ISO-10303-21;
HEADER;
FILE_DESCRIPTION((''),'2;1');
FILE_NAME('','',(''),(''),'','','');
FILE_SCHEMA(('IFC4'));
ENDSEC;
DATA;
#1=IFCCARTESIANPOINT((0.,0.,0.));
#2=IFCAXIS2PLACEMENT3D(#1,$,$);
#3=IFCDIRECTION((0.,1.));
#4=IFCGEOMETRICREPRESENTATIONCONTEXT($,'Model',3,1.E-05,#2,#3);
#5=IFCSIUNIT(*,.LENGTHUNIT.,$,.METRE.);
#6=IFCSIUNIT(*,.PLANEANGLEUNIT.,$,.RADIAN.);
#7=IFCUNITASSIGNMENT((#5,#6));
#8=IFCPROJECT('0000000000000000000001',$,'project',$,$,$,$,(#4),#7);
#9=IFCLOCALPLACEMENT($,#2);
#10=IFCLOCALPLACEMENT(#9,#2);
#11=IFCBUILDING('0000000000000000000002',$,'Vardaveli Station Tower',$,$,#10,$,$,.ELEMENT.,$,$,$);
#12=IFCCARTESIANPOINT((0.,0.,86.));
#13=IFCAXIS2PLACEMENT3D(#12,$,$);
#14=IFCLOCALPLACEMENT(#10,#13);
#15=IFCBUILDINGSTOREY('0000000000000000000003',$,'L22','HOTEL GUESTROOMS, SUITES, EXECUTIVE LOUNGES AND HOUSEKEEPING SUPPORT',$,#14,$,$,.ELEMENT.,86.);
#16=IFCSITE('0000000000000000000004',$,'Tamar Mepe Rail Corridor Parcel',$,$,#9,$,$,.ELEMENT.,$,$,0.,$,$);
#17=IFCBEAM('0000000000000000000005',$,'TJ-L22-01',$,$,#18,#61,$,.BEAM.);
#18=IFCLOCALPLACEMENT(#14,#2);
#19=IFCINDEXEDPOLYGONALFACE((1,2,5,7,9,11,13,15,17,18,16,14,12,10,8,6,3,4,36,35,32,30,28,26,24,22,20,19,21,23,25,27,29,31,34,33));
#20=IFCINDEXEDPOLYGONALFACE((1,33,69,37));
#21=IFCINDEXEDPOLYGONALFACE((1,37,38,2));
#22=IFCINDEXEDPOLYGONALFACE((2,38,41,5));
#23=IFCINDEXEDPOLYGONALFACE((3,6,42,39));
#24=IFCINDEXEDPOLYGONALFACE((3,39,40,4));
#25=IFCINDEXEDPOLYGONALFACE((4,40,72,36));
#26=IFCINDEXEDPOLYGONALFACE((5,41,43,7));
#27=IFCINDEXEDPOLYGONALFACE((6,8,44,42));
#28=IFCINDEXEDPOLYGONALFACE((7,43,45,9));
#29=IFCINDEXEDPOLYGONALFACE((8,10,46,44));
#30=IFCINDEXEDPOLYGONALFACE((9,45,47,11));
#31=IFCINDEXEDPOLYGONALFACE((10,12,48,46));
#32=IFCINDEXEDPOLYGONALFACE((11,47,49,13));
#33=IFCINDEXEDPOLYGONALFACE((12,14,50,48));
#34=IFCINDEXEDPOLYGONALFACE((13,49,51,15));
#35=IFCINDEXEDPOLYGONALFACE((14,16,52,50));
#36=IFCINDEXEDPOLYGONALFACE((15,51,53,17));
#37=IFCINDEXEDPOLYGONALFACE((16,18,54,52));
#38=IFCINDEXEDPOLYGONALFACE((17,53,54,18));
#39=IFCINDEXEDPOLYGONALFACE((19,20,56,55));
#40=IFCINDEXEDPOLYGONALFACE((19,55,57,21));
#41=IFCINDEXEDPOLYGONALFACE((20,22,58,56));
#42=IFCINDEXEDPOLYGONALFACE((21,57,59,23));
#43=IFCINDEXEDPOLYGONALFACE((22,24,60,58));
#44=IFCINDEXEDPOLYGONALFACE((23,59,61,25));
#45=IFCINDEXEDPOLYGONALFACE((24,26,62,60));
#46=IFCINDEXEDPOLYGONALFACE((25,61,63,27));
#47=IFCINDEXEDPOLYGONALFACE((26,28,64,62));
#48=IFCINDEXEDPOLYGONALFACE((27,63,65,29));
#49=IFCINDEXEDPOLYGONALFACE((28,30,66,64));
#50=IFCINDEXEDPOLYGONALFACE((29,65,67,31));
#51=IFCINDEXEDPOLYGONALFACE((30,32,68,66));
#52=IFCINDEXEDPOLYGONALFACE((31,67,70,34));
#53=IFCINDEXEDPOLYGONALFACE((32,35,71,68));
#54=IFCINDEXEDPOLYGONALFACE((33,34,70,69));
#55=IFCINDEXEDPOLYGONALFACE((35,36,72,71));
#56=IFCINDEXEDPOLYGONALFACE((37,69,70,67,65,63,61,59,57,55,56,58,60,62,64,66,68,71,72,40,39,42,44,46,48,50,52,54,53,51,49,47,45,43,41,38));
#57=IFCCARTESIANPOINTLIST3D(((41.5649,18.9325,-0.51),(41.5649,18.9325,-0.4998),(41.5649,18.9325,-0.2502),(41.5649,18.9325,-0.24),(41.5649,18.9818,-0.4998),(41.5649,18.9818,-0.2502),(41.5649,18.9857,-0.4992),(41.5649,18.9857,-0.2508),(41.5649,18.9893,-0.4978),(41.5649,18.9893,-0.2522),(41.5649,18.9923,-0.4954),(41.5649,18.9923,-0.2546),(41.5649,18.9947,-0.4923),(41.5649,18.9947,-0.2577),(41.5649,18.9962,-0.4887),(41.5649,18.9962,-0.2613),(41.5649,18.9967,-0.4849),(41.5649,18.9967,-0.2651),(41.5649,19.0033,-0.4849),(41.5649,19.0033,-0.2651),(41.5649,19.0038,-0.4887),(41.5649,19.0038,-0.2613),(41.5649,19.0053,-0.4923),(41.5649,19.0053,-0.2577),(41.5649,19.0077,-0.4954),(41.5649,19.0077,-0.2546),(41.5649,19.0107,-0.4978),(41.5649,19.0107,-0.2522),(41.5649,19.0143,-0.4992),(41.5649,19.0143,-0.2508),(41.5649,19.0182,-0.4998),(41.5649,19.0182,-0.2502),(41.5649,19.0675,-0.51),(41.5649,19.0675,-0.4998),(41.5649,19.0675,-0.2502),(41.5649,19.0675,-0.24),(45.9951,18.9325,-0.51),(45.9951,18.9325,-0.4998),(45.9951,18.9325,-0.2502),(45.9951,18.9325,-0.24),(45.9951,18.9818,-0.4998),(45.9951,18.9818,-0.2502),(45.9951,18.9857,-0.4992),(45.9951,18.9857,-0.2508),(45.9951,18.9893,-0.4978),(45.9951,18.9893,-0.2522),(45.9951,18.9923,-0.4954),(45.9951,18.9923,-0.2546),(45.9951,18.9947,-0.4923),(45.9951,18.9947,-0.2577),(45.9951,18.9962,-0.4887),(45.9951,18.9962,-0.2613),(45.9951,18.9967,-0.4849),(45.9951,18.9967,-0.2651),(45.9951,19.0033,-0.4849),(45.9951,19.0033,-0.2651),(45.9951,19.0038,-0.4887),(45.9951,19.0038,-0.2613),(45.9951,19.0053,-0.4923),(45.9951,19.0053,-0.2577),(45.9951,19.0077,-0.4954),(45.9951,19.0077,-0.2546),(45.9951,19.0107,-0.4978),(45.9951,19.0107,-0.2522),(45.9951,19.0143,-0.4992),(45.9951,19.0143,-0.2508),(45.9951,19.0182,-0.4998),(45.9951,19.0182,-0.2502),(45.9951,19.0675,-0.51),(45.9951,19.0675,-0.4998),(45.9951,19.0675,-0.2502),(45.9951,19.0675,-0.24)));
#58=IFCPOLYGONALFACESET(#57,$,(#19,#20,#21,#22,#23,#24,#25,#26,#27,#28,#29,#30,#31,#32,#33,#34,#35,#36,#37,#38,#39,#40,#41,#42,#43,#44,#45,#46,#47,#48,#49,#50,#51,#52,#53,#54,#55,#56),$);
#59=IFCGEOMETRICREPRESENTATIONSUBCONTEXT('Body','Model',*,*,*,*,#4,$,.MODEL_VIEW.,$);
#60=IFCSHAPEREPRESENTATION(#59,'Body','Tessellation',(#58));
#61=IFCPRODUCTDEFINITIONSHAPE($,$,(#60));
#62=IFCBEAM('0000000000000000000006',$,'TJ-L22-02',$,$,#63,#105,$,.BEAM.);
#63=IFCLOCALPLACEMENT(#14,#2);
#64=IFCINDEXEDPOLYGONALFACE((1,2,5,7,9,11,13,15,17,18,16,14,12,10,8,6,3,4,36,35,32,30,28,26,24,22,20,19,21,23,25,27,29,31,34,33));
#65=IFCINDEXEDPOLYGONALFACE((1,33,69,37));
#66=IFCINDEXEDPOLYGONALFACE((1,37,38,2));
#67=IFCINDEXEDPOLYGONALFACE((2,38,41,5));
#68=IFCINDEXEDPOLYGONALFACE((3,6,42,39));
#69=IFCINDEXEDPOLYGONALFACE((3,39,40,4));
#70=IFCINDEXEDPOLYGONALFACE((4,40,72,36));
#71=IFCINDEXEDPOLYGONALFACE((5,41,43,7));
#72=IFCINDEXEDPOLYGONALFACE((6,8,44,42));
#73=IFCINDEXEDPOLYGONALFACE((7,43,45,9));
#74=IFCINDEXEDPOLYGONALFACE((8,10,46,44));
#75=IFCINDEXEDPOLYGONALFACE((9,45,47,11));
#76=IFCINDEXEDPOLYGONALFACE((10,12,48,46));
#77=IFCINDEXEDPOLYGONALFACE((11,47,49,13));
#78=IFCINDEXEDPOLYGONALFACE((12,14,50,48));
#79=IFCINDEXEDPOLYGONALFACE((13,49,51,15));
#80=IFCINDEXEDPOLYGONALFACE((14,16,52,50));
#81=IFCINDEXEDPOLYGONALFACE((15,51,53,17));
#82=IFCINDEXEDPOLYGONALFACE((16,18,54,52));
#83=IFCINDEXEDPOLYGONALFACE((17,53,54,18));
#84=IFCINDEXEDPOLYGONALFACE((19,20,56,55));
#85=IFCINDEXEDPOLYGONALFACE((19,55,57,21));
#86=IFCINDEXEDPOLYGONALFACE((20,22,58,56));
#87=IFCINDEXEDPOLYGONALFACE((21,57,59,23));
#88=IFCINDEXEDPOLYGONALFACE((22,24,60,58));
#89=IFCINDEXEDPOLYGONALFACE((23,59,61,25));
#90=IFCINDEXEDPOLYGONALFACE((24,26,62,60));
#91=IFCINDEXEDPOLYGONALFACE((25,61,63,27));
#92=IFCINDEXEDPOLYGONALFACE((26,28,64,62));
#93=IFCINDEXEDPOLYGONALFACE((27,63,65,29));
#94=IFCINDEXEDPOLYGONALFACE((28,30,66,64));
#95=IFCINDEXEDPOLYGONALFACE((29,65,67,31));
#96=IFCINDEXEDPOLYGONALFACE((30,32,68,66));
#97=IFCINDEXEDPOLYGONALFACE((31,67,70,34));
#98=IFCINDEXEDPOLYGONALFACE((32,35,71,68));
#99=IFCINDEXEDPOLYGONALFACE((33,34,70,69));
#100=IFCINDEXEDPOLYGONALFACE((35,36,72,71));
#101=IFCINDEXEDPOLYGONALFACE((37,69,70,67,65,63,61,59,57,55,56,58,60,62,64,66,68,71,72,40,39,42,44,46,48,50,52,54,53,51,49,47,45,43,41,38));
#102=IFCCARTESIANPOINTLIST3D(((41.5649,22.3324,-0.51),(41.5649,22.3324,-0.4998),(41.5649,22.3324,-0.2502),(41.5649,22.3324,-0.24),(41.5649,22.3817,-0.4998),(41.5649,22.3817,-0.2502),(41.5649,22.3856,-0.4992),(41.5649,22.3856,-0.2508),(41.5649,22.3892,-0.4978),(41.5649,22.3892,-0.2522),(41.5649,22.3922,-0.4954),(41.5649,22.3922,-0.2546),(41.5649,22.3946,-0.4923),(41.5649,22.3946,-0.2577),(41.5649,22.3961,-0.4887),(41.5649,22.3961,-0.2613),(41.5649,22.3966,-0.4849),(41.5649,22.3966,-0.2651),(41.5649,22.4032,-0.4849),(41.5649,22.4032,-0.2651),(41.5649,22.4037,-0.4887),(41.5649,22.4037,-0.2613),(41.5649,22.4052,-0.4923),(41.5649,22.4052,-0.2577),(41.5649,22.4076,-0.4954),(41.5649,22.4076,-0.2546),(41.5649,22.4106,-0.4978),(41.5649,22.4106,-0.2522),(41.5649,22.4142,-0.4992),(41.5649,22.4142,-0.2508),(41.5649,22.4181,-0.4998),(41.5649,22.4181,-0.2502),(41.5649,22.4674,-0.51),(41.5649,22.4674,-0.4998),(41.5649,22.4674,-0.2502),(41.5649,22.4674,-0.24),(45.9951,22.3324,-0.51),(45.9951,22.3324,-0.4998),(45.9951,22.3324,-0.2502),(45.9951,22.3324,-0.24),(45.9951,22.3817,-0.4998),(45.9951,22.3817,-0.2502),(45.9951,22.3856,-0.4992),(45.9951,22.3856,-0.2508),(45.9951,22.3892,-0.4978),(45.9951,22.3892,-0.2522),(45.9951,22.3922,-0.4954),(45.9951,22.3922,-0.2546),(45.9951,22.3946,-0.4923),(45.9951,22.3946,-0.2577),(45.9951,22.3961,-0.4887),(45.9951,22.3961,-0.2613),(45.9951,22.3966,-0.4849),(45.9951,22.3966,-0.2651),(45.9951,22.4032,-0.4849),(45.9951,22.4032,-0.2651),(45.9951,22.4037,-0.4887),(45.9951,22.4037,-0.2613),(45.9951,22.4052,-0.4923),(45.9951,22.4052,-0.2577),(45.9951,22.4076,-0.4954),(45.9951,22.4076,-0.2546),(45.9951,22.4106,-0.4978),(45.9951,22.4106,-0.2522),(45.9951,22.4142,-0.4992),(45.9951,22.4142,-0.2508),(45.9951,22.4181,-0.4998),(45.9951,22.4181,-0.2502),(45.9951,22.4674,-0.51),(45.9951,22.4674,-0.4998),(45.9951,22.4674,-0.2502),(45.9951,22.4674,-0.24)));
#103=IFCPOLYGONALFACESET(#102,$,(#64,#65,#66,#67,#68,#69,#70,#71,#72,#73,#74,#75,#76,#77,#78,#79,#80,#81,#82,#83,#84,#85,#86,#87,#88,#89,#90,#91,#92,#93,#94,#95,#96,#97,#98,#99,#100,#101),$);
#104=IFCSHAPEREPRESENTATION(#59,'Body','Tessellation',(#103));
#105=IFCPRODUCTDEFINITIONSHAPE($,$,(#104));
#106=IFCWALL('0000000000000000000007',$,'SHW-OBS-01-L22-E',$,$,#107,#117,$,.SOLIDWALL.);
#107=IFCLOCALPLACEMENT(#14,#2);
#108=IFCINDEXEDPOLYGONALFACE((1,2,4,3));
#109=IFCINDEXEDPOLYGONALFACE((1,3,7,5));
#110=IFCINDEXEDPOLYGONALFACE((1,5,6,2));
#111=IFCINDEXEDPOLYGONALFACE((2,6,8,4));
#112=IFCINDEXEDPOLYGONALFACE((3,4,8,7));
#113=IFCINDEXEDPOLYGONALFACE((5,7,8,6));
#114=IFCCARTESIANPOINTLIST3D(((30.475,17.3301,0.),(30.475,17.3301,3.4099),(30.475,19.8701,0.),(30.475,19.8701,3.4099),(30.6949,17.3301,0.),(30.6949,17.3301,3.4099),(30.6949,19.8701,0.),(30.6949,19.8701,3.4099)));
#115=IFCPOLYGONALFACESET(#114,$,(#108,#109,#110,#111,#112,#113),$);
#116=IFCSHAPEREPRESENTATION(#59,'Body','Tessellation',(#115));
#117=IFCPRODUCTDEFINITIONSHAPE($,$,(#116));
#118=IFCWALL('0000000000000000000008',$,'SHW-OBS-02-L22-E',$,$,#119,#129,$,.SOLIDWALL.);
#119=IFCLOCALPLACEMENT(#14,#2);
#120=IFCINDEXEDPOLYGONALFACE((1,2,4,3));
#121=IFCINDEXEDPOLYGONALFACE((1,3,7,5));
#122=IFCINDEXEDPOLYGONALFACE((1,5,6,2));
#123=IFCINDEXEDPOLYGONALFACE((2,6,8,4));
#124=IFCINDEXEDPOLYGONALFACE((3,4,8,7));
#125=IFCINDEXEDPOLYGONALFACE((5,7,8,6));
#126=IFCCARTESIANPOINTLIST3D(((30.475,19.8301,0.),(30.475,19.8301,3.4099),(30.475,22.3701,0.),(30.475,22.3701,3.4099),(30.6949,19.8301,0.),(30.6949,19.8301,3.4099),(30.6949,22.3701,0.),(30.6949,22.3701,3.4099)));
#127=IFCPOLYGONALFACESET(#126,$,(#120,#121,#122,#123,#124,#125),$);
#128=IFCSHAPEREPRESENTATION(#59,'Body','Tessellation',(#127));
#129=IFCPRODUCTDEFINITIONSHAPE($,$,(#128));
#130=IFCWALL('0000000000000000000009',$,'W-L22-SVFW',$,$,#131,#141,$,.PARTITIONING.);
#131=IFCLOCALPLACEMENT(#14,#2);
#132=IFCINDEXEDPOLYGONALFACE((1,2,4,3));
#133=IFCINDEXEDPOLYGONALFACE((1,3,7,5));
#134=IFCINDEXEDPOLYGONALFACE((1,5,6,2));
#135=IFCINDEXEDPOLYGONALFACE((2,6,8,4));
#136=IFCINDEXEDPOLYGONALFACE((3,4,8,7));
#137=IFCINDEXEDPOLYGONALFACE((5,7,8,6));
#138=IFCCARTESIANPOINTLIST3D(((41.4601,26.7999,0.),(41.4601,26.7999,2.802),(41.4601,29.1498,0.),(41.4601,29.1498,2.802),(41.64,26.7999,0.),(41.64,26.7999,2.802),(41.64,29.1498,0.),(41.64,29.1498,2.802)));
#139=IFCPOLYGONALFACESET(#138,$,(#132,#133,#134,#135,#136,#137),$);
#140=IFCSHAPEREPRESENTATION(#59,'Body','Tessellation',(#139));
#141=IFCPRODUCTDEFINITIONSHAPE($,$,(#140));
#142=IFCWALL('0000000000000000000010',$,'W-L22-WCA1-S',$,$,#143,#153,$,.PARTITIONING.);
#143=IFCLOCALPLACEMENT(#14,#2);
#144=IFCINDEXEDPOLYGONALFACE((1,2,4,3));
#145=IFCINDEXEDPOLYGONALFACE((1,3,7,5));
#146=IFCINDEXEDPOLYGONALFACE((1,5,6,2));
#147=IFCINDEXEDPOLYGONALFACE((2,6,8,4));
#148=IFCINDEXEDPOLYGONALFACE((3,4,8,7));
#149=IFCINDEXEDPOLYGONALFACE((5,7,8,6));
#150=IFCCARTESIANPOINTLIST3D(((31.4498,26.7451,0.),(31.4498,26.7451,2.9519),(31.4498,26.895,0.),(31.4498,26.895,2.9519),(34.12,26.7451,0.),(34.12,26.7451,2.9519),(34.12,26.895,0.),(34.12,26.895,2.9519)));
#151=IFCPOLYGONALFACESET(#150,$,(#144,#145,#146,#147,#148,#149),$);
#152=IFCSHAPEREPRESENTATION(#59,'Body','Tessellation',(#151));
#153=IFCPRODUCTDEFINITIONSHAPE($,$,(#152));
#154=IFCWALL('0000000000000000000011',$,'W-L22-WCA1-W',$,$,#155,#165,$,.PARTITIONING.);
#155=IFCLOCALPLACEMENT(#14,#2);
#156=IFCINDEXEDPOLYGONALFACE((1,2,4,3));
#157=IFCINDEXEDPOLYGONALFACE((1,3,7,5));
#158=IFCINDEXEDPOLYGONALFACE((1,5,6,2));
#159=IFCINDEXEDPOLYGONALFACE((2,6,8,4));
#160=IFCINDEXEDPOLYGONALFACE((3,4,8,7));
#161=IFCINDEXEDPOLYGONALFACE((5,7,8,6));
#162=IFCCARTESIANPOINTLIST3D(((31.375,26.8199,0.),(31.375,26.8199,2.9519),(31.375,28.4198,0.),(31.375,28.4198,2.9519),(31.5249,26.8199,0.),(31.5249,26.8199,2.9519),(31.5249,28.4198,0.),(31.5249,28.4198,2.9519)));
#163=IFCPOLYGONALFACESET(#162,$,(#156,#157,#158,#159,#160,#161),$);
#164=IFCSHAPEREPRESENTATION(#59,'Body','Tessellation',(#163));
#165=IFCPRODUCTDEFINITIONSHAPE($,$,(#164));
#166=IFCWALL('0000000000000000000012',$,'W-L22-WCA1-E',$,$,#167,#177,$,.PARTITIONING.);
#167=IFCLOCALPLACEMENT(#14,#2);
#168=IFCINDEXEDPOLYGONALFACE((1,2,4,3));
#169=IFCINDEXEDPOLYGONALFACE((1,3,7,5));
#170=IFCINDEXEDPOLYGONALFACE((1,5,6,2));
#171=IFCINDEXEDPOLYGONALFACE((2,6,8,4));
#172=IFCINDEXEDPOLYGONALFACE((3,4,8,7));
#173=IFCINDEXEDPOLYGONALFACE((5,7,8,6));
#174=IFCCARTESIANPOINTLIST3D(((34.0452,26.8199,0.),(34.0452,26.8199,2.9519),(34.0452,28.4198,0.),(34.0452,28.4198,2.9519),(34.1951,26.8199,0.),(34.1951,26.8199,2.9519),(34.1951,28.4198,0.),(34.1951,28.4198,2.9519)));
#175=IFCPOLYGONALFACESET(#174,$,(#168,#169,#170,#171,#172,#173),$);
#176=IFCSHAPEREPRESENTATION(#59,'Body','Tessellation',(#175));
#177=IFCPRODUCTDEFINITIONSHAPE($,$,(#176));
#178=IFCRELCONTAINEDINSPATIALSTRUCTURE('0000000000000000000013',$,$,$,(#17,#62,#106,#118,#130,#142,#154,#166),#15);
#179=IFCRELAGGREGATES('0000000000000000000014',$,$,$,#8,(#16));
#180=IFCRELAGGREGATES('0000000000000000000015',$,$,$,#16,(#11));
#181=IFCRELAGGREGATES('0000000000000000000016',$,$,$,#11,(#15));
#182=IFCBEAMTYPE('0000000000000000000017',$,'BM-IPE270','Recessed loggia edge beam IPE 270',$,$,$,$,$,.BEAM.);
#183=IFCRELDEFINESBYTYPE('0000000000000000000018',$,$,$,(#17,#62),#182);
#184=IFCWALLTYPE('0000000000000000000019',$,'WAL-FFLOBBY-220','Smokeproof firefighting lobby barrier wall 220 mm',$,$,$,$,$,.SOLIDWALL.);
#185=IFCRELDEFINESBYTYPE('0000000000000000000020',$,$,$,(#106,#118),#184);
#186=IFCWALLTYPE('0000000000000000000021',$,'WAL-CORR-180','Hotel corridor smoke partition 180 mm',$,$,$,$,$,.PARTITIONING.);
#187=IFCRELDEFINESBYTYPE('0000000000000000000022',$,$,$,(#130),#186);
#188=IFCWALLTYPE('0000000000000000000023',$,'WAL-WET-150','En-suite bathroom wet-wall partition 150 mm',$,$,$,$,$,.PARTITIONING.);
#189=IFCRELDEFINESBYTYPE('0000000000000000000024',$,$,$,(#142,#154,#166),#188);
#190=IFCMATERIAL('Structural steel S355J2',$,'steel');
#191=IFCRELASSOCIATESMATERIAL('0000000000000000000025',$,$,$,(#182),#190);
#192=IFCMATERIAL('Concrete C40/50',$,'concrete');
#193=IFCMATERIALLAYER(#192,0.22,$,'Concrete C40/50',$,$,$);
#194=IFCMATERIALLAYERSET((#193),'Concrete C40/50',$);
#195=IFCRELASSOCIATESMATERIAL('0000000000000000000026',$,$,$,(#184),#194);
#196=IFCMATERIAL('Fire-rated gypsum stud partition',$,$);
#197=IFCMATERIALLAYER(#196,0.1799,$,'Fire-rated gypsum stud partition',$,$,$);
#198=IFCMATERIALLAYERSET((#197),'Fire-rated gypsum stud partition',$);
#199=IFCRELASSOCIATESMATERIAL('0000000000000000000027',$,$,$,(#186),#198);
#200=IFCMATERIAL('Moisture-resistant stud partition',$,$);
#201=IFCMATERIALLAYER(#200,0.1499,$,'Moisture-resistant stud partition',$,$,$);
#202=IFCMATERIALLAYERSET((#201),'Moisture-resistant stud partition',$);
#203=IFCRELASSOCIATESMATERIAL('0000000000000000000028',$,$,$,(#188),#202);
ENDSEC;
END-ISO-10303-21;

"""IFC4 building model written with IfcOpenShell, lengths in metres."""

from ifc_helpers import new_model, si_unit, direction, frame, frame_2d, origin, origin_2d, place, context, subcontext, project, spatial, rectangle, i_section, extrude, source, transform, mapped, material, layer, layer_set, material_profile, profile_set, type_object, element, save


model = new_model("IFC4")

# Units and contexts
model_context = context("Model", 3, precision=1e-05, world=origin(), true_north=direction((0.0, 1.0)))
body_context = subcontext(model_context, "Body", "Model", "MODEL_VIEW")
ifc_project = project(units=[si_unit("LENGTHUNIT", "METRE"), si_unit("PLANEANGLEUNIT", "RADIAN")], contexts=[model_context])

# Site, building, storey
site_placement = place(None, origin())
site = spatial("IfcSite", under=ifc_project, at=site_placement, Name="Tamar Mepe Rail Corridor Parcel", CompositionType="ELEMENT", RefElevation=0.0)
building_placement = place(site_placement, origin())
building = spatial("IfcBuilding", under=site, at=building_placement, Name="Vardaveli Station Tower", CompositionType="ELEMENT")
storey_placement = place(building_placement, frame((0.0, 0.0, 86.0)))
storey = spatial("IfcBuildingStorey", under=building, at=storey_placement, Name="L22", Description="HOTEL GUESTROOMS, SUITES, EXECUTIVE LOUNGES AND HOUSEKEEPING SUPPORT", CompositionType="ELEMENT", Elevation=86.0)

# Beams
ifc_material_1 = material(Name="Structural steel S355J2", Category="steel")
ifc_material_profile_1 = material_profile(ifc_material_1, i_section(OverallWidth=0.135, OverallDepth=0.27, WebThickness=0.0066, FlangeThickness=0.0103, FilletRadius=0.0149, at=origin_2d()), Name="IPE 270")
ifc_profile_set_1 = profile_set([ifc_material_profile_1], Name="Structural steel S355J2")
beam_type_1 = type_object("IfcBeamType", Name="BM-IPE270", Description="Recessed loggia edge beam IPE 270", PredefinedType="BEAM", material=ifc_profile_set_1)
shared_shape_1 = source(origin(), body_context, "Body", "SweptSolid", [
    extrude(i_section(OverallWidth=0.135, OverallDepth=0.27, WebThickness=0.0066, FlangeThickness=0.0103, FilletRadius=0.0149, at=origin_2d()), origin(), (0.0, 0.0, 1.0), 4.4302),
])
for number, where, z_axis, x_axis, name in (
    (1, (41.5649, 19.0, -0.375), (1.0, 0.0, 0.0), (0.0, 1.0, 0.0), "TJ-L22-01"),
    (2, (41.5649, 22.3999, -0.375), (1.0, 0.0, 0.0), (0.0, 1.0, 0.0), "TJ-L22-02"),
):
    element("IfcBeam", number, at=place(storey_placement, frame(where, z_axis=z_axis, x_axis=x_axis)), inside=storey, type_object=beam_type_1, Name=name, PredefinedType="BEAM", context=body_context, shape_type="MappedRepresentation", body=[
        mapped(shared_shape_1, transform((0.0, 0.0, 0.0), scale=1.0)),
    ])

# Walls
ifc_material_2 = material(Name="Concrete C40/50", Category="concrete")
ifc_layer_1 = layer(ifc_material_2, 0.22, Name="Concrete C40/50")
ifc_layer_set_1 = layer_set([ifc_layer_1], Name="Concrete C40/50")
wall_type_1 = type_object("IfcWallType", Name="WAL-FFLOBBY-220", Description="Smokeproof firefighting lobby barrier wall 220 mm", PredefinedType="SOLIDWALL", material=ifc_layer_set_1)
shared_shape_2 = source(origin(), body_context, "Body", "SweptSolid", [
    extrude(rectangle(XDim=2.54, YDim=0.22, at=frame_2d((1.27, 0.0))), origin(), (0.0, 0.0, 1.0), 3.4099),
])
for number, where, z_axis, x_axis, name in (
    (3, (30.585, 17.3301, 0.0), (0.0, 0.0, 1.0), (0.0, 1.0, 0.0), "SHW-OBS-01-L22-E"),
    (4, (30.585, 19.8301, 0.0), (0.0, 0.0, 1.0), (0.0, 1.0, 0.0), "SHW-OBS-02-L22-E"),
):
    element("IfcWall", number, at=place(storey_placement, frame(where, z_axis=z_axis, x_axis=x_axis)), inside=storey, type_object=wall_type_1, Name=name, PredefinedType="SOLIDWALL", context=body_context, shape_type="MappedRepresentation", body=[
        mapped(shared_shape_2, transform((0.0, 0.0, 0.0), scale=1.0)),
    ])
ifc_material_3 = material(Name="Fire-rated gypsum stud partition")
ifc_layer_2 = layer(ifc_material_3, 0.1799, Name="Fire-rated gypsum stud partition")
ifc_layer_set_2 = layer_set([ifc_layer_2], Name="Fire-rated gypsum stud partition")
wall_type_2 = type_object("IfcWallType", Name="WAL-CORR-180", Description="Hotel corridor smoke partition 180 mm", PredefinedType="PARTITIONING", material=ifc_layer_set_2)
shared_shape_3 = source(origin(), body_context, "Body", "SweptSolid", [
    extrude(rectangle(XDim=2.3499, YDim=0.1799, at=frame_2d((1.1748, 0.0))), origin(), (0.0, 0.0, 1.0), 2.802),
])
wall_1_placement = place(storey_placement, frame((41.55, 26.8, 0.0), z_axis=(0.0, 0.0, 1.0), x_axis=(0.0, 1.0, 0.0)))
element("IfcWall", 5, at=wall_1_placement, inside=storey, type_object=wall_type_2, Name="W-L22-SVFW", PredefinedType="PARTITIONING", context=body_context, shape_type="MappedRepresentation", body=[
    mapped(shared_shape_3, transform((0.0, 0.0, 0.0), scale=1.0)),
])
ifc_material_4 = material(Name="Moisture-resistant stud partition")
ifc_layer_3 = layer(ifc_material_4, 0.1499, Name="Moisture-resistant stud partition")
ifc_layer_set_3 = layer_set([ifc_layer_3], Name="Moisture-resistant stud partition")
wall_type_3 = type_object("IfcWallType", Name="WAL-WET-150", Description="En-suite bathroom wet-wall partition 150 mm", PredefinedType="PARTITIONING", material=ifc_layer_set_3)
shared_shape_4 = source(origin(), body_context, "Body", "SweptSolid", [
    extrude(rectangle(XDim=2.6702, YDim=0.1499, at=frame_2d((1.335, 0.0))), origin(), (0.0, 0.0, 1.0), 2.9519),
])
wall_2_placement = place(storey_placement, frame((31.45, 26.8201, 0.0), z_axis=(0.0, 0.0, 1.0), x_axis=(1.0, 0.0, 0.0)))
element("IfcWall", 6, at=wall_2_placement, inside=storey, type_object=wall_type_3, Name="W-L22-WCA1-S", PredefinedType="PARTITIONING", context=body_context, shape_type="MappedRepresentation", body=[
    mapped(shared_shape_4, transform((0.0, 0.0, 0.0), scale=1.0)),
])
shared_shape_5 = source(origin(), body_context, "Body", "SweptSolid", [
    extrude(rectangle(XDim=1.5999, YDim=0.1499, at=frame_2d((0.7998, 0.0))), origin(), (0.0, 0.0, 1.0), 2.9519),
])
for number, where, z_axis, x_axis, name in (
    (7, (31.45, 26.8201, 0.0), (0.0, 0.0, 1.0), (0.0, 1.0, 0.0), "W-L22-WCA1-W"),
    (8, (34.1201, 26.8201, 0.0), (0.0, 0.0, 1.0), (0.0, 1.0, 0.0), "W-L22-WCA1-E"),
):
    element("IfcWall", number, at=place(storey_placement, frame(where, z_axis=z_axis, x_axis=x_axis)), inside=storey, type_object=wall_type_3, Name=name, PredefinedType="PARTITIONING", context=body_context, shape_type="MappedRepresentation", body=[
        mapped(shared_shape_5, transform((0.0, 0.0, 0.0), scale=1.0)),
    ])

save(model, "model.ifc")
